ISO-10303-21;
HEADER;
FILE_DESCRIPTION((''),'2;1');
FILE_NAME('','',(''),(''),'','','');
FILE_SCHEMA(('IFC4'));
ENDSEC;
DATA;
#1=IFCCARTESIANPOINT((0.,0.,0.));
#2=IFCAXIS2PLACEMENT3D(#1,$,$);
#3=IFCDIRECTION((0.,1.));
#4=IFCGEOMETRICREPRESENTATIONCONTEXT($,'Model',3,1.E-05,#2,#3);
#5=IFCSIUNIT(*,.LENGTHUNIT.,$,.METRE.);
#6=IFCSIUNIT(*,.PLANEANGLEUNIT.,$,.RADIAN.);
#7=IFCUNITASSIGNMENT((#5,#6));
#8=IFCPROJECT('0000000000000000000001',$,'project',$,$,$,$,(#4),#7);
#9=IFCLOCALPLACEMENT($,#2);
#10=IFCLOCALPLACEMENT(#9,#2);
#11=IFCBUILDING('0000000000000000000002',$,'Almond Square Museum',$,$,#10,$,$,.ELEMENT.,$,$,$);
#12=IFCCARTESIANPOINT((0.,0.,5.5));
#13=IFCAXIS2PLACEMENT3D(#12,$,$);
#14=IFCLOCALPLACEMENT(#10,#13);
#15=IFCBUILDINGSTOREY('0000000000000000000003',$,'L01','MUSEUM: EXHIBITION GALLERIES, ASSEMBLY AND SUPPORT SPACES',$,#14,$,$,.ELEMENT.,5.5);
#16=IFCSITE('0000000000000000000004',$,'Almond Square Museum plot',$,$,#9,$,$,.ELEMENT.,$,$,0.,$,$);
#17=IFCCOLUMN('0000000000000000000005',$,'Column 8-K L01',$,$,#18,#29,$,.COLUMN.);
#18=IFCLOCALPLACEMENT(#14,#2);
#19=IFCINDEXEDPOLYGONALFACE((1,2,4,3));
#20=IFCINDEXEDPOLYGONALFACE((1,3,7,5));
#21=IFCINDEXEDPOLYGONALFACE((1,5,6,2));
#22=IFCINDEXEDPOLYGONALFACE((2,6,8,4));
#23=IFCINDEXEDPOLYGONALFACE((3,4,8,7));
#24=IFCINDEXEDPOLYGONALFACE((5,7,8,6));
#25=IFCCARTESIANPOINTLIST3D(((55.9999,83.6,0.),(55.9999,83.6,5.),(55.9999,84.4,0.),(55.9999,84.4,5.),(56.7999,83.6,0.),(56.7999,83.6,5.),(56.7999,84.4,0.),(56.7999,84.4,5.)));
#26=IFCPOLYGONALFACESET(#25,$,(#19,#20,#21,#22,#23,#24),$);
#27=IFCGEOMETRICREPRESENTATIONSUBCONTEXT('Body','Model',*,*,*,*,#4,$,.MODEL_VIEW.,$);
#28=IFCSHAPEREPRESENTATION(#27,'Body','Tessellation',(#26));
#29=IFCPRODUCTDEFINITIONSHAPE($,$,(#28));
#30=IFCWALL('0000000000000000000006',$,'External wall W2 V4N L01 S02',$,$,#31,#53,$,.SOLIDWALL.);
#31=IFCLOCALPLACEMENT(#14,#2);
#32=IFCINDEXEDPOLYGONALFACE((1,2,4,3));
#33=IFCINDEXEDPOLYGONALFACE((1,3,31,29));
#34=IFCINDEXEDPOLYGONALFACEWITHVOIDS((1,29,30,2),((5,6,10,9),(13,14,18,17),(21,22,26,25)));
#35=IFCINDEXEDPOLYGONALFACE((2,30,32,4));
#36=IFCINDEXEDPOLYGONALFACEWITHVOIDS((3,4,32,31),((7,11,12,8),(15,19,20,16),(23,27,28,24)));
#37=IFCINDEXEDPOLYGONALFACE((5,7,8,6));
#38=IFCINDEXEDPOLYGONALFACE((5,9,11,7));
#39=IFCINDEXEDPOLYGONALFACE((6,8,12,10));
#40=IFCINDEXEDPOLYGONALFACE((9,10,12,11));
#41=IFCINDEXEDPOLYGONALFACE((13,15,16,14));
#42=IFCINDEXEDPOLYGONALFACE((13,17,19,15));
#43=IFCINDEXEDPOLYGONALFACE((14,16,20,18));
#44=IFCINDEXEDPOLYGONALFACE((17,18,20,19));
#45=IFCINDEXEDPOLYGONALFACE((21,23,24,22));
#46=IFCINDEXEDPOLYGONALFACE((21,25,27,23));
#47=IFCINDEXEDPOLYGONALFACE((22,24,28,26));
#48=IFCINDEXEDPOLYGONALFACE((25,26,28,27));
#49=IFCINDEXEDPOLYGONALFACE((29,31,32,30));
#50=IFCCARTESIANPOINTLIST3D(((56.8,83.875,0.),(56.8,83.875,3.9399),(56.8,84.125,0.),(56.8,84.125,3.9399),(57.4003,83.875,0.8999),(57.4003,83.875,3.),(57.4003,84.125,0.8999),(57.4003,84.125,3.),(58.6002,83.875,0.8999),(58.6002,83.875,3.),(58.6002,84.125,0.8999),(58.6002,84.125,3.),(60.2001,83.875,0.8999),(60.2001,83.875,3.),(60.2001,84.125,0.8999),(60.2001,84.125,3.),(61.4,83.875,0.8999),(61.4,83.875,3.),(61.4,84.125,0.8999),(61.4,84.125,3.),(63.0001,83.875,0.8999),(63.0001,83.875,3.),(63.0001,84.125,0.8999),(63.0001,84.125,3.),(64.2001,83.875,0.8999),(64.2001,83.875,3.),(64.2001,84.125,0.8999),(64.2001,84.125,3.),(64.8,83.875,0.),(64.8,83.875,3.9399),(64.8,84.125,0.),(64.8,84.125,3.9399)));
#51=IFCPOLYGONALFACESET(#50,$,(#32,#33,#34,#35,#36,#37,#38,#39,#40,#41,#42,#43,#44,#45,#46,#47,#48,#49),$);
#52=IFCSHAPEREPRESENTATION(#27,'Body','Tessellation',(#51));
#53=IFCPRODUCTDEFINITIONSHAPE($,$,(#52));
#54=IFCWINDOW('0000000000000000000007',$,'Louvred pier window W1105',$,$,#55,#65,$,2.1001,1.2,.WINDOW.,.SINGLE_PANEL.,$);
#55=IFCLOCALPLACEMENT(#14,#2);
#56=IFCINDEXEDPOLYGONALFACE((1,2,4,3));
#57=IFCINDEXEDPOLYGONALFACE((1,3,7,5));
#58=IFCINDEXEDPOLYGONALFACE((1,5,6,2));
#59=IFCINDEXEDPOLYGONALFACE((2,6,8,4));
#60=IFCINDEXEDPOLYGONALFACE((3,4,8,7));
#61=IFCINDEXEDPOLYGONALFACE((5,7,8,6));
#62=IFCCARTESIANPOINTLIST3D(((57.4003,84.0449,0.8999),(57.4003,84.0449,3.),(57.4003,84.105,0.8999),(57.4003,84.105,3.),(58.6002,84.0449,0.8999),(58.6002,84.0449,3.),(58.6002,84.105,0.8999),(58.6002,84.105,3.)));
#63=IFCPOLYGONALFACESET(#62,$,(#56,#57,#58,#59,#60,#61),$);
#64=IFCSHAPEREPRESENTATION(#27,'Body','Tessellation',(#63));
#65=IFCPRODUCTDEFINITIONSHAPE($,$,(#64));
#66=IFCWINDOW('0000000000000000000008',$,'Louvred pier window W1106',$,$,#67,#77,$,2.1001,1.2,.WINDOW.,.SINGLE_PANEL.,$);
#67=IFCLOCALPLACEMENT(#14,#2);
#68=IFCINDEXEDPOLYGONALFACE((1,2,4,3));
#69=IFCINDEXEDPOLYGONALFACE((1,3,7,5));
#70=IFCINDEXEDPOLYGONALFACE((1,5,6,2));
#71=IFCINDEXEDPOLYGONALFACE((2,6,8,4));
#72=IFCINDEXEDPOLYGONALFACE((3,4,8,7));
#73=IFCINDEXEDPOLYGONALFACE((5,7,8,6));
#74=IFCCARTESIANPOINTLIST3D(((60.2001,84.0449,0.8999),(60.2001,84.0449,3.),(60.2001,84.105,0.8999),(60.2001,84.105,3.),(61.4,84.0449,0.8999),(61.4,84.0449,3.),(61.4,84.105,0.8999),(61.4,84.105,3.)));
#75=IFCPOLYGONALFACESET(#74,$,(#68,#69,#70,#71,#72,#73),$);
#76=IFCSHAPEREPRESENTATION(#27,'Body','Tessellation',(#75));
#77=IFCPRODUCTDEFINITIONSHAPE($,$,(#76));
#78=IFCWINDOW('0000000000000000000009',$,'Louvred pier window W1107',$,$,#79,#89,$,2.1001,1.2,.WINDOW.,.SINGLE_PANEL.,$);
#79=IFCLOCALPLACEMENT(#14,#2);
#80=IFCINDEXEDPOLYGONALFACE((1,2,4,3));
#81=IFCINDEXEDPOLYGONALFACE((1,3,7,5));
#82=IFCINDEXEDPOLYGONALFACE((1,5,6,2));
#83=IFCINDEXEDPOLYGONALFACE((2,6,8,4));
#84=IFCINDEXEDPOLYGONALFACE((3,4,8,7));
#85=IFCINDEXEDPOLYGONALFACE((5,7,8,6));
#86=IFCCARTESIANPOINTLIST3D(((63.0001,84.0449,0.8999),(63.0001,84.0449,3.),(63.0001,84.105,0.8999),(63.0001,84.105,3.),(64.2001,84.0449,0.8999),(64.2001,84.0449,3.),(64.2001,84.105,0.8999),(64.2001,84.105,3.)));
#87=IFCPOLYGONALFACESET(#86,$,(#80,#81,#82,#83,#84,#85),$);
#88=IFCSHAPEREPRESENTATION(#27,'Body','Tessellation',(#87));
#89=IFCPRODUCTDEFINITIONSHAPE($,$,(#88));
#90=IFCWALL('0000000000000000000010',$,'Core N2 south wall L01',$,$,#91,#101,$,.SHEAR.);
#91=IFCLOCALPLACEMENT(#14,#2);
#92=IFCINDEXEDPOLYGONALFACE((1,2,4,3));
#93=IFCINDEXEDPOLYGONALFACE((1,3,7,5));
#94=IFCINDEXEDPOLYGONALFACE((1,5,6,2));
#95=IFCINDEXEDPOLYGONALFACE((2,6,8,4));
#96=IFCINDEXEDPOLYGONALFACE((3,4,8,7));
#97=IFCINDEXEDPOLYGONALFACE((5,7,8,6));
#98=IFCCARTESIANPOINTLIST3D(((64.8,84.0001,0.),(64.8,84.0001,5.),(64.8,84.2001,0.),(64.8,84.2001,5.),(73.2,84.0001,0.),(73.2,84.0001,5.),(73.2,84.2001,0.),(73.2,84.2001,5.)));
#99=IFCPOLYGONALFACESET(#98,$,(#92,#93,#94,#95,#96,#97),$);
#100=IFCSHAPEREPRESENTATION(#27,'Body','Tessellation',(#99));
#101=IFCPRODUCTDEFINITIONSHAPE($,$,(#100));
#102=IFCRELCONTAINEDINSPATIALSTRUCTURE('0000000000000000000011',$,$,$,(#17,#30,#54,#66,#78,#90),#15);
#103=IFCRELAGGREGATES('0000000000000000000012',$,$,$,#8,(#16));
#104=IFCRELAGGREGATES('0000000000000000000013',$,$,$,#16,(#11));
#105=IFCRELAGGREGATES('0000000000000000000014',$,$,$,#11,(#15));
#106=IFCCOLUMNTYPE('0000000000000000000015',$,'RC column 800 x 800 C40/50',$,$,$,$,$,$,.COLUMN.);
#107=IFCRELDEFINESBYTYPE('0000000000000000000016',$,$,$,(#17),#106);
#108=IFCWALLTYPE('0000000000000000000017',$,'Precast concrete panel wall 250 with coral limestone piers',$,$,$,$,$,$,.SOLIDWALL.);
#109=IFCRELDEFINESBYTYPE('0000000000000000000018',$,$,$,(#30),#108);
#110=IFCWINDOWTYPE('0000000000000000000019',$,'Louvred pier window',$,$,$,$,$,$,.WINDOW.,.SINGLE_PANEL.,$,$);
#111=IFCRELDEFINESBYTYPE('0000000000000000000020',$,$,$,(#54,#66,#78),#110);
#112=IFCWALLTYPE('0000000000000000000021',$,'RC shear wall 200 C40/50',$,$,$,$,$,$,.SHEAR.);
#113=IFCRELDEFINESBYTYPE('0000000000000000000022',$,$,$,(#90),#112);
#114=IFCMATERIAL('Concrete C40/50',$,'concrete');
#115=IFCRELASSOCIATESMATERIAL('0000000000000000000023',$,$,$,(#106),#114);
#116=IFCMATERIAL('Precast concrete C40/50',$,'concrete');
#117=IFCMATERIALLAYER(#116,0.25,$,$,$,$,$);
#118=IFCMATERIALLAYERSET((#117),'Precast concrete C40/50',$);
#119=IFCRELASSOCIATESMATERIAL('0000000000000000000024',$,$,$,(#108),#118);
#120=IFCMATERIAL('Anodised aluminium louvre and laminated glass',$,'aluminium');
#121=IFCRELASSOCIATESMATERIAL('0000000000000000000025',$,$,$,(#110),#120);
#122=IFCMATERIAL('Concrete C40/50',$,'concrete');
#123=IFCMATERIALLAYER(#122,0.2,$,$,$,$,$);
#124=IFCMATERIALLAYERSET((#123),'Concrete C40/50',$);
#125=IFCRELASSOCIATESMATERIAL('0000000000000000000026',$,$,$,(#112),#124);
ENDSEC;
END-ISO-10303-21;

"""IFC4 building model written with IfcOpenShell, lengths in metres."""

from ifc_helpers import new_model, si_unit, direction, frame, frame_2d, origin, origin_2d, place, context, subcontext, project, spatial, rectangle, extrude, material, layer, layer_set, material_profile, profile_set, type_object, element, fill, save


model = new_model("IFC4")

# Units and contexts
model_context = context("Model", 3, precision=1e-05, world=origin(), true_north=direction((0.0, 1.0)))
body_context = subcontext(model_context, "Body", "Model", "MODEL_VIEW")
ifc_project = project(units=[si_unit("LENGTHUNIT", "METRE"), si_unit("PLANEANGLEUNIT", "RADIAN")], contexts=[model_context])

# Site, building, storey
site_placement = place(None, origin())
site = spatial("IfcSite", under=ifc_project, at=site_placement, Name="Almond Square Museum plot", CompositionType="ELEMENT", RefElevation=0.0)
building_placement = place(site_placement, origin())
building = spatial("IfcBuilding", under=site, at=building_placement, Name="Almond Square Museum", CompositionType="ELEMENT")
storey_placement = place(building_placement, frame((0.0, 0.0, 5.5)))
storey = spatial("IfcBuildingStorey", under=building, at=storey_placement, Name="L01", Description="MUSEUM: EXHIBITION GALLERIES, ASSEMBLY AND SUPPORT SPACES", CompositionType="ELEMENT", Elevation=5.5)

# Column
ifc_material_1 = material(Name="Concrete C40/50", Category="concrete")
ifc_material_profile_1 = material_profile(ifc_material_1, rectangle(XDim=0.8, YDim=0.8, at=origin_2d()))
ifc_profile_set_1 = profile_set([ifc_material_profile_1], Name="Concrete C40/50")
column_type = type_object("IfcColumnType", Name="RC column 800 x 800 C40/50", PredefinedType="COLUMN", material=ifc_profile_set_1)
column_placement = place(storey_placement, frame((56.3999, 84.0, 0.0), z_axis=(0.0, 0.0, 1.0), x_axis=(1.0, 0.0, 0.0)))
element("IfcColumn", 1, at=column_placement, inside=storey, type_object=column_type, Name="Column 8-K L01", PredefinedType="COLUMN", context=body_context, shape_type="SweptSolid", body=[
    extrude(rectangle(XDim=0.8, YDim=0.8, at=origin_2d()), origin(), (0.0, 0.0, 1.0), 5.0),
])

# Wall, openings, windows
ifc_material_2 = material(Name="Precast concrete C40/50", Category="concrete")
ifc_layer_1 = layer(ifc_material_2, 0.25)
ifc_layer_set_1 = layer_set([ifc_layer_1], Name="Precast concrete C40/50")
wall_type_1 = type_object("IfcWallType", Name="Precast concrete panel wall 250 with coral limestone piers", PredefinedType="SOLIDWALL", material=ifc_layer_set_1)
wall_1_placement = place(storey_placement, frame((56.8, 84.0, 0.0), z_axis=(0.0, 0.0, 1.0), x_axis=(1.0, 0.0, 0.0)))
wall_1 = element("IfcWall", 2, at=wall_1_placement, inside=storey, type_object=wall_type_1, Name="External wall W2 V4N L01 S02", PredefinedType="SOLIDWALL", context=body_context, shape_type="SweptSolid", body=[
    extrude(rectangle(XDim=8.0, YDim=0.25, at=frame_2d((4.0, 0.0))), origin(), (0.0, 0.0, 1.0), 3.9399),
])
opening_1_placement = place(wall_1_placement, frame((0.6001, 0.0, 0.8999)))
opening_1 = element("IfcOpeningElement", 3, at=opening_1_placement, cuts=wall_1, PredefinedType="OPENING", context=body_context, shape_type="SweptSolid", body=[
    extrude(rectangle(XDim=1.2, YDim=2.1001, at=frame_2d((0.6001, 1.05))), frame((0.0, 0.135, 0.0), z_axis=(0.0, -1.0, 0.0), x_axis=(1.0, 0.0, 0.0)), (0.0, 0.0, 1.0), 0.27),
])
opening_2_placement = place(wall_1_placement, frame((3.3999, 0.0, 0.8999)))
opening_2 = element("IfcOpeningElement", 4, at=opening_2_placement, cuts=wall_1, PredefinedType="OPENING", context=body_context, shape_type="SweptSolid", body=[
    extrude(rectangle(XDim=1.2, YDim=2.1001, at=frame_2d((0.6001, 1.05))), frame((0.0, 0.135, 0.0), z_axis=(0.0, -1.0, 0.0), x_axis=(1.0, 0.0, 0.0)), (0.0, 0.0, 1.0), 0.27),
])
opening_3_placement = place(wall_1_placement, frame((6.2, 0.0, 0.8999)))
opening_3 = element("IfcOpeningElement", 5, at=opening_3_placement, cuts=wall_1, PredefinedType="OPENING", context=body_context, shape_type="SweptSolid", body=[
    extrude(rectangle(XDim=1.2, YDim=2.1001, at=frame_2d((0.6001, 1.05))), frame((0.0, 0.135, 0.0), z_axis=(0.0, -1.0, 0.0), x_axis=(1.0, 0.0, 0.0)), (0.0, 0.0, 1.0), 0.27),
])
ifc_material_3 = material(Name="Anodised aluminium louvre and laminated glass", Category="aluminium")
window_type = type_object("IfcWindowType", Name="Louvred pier window", PartitioningType="SINGLE_PANEL", PredefinedType="WINDOW", material=ifc_material_3)
window_1_placement = place(opening_1_placement, origin())
window_1 = element("IfcWindow", 6, at=window_1_placement, inside=storey, type_object=window_type, Name="Louvred pier window W1105", OverallHeight=2.1001, OverallWidth=1.2, PartitioningType="SINGLE_PANEL", PredefinedType="WINDOW", context=body_context, shape_type="SweptSolid", body=[
    extrude(rectangle(XDim=1.2, YDim=2.1001, at=frame_2d((0.6001, 1.05))), frame((0.0, 0.105, 0.0), z_axis=(0.0, -1.0, 0.0), x_axis=(1.0, 0.0, 0.0)), (0.0, 0.0, 1.0), 0.0601),
])
fill(opening_1, window_1)
window_2_placement = place(opening_2_placement, origin())
window_2 = element("IfcWindow", 7, at=window_2_placement, inside=storey, type_object=window_type, Name="Louvred pier window W1106", OverallHeight=2.1001, OverallWidth=1.2, PartitioningType="SINGLE_PANEL", PredefinedType="WINDOW", context=body_context, shape_type="SweptSolid", body=[
    extrude(rectangle(XDim=1.2, YDim=2.1001, at=frame_2d((0.6001, 1.05))), frame((0.0, 0.105, 0.0), z_axis=(0.0, -1.0, 0.0), x_axis=(1.0, 0.0, 0.0)), (0.0, 0.0, 1.0), 0.0601),
])
fill(opening_2, window_2)
window_3_placement = place(opening_3_placement, origin())
window_3 = element("IfcWindow", 8, at=window_3_placement, inside=storey, type_object=window_type, Name="Louvred pier window W1107", OverallHeight=2.1001, OverallWidth=1.2, PartitioningType="SINGLE_PANEL", PredefinedType="WINDOW", context=body_context, shape_type="SweptSolid", body=[
    extrude(rectangle(XDim=1.2, YDim=2.1001, at=frame_2d((0.6001, 1.05))), frame((0.0, 0.105, 0.0), z_axis=(0.0, -1.0, 0.0), x_axis=(1.0, 0.0, 0.0)), (0.0, 0.0, 1.0), 0.0601),
])
fill(opening_3, window_3)

# Wall
ifc_material_4 = material(Name="Concrete C40/50", Category="concrete")
ifc_layer_2 = layer(ifc_material_4, 0.2)
ifc_layer_set_2 = layer_set([ifc_layer_2], Name="Concrete C40/50")
wall_type_2 = type_object("IfcWallType", Name="RC shear wall 200 C40/50", PredefinedType="SHEAR", material=ifc_layer_set_2)
wall_2_placement = place(storey_placement, frame((64.8, 84.1001, 0.0), z_axis=(0.0, 0.0, 1.0), x_axis=(1.0, 0.0, 0.0)))
element("IfcWall", 9, at=wall_2_placement, inside=storey, type_object=wall_type_2, Name="Core N2 south wall L01", PredefinedType="SHEAR", context=body_context, shape_type="SweptSolid", body=[
    extrude(rectangle(XDim=8.3999, YDim=0.2, at=frame_2d((4.2, 0.0))), origin(), (0.0, 0.0, 1.0), 5.0),
])

save(model, "model.ifc")
